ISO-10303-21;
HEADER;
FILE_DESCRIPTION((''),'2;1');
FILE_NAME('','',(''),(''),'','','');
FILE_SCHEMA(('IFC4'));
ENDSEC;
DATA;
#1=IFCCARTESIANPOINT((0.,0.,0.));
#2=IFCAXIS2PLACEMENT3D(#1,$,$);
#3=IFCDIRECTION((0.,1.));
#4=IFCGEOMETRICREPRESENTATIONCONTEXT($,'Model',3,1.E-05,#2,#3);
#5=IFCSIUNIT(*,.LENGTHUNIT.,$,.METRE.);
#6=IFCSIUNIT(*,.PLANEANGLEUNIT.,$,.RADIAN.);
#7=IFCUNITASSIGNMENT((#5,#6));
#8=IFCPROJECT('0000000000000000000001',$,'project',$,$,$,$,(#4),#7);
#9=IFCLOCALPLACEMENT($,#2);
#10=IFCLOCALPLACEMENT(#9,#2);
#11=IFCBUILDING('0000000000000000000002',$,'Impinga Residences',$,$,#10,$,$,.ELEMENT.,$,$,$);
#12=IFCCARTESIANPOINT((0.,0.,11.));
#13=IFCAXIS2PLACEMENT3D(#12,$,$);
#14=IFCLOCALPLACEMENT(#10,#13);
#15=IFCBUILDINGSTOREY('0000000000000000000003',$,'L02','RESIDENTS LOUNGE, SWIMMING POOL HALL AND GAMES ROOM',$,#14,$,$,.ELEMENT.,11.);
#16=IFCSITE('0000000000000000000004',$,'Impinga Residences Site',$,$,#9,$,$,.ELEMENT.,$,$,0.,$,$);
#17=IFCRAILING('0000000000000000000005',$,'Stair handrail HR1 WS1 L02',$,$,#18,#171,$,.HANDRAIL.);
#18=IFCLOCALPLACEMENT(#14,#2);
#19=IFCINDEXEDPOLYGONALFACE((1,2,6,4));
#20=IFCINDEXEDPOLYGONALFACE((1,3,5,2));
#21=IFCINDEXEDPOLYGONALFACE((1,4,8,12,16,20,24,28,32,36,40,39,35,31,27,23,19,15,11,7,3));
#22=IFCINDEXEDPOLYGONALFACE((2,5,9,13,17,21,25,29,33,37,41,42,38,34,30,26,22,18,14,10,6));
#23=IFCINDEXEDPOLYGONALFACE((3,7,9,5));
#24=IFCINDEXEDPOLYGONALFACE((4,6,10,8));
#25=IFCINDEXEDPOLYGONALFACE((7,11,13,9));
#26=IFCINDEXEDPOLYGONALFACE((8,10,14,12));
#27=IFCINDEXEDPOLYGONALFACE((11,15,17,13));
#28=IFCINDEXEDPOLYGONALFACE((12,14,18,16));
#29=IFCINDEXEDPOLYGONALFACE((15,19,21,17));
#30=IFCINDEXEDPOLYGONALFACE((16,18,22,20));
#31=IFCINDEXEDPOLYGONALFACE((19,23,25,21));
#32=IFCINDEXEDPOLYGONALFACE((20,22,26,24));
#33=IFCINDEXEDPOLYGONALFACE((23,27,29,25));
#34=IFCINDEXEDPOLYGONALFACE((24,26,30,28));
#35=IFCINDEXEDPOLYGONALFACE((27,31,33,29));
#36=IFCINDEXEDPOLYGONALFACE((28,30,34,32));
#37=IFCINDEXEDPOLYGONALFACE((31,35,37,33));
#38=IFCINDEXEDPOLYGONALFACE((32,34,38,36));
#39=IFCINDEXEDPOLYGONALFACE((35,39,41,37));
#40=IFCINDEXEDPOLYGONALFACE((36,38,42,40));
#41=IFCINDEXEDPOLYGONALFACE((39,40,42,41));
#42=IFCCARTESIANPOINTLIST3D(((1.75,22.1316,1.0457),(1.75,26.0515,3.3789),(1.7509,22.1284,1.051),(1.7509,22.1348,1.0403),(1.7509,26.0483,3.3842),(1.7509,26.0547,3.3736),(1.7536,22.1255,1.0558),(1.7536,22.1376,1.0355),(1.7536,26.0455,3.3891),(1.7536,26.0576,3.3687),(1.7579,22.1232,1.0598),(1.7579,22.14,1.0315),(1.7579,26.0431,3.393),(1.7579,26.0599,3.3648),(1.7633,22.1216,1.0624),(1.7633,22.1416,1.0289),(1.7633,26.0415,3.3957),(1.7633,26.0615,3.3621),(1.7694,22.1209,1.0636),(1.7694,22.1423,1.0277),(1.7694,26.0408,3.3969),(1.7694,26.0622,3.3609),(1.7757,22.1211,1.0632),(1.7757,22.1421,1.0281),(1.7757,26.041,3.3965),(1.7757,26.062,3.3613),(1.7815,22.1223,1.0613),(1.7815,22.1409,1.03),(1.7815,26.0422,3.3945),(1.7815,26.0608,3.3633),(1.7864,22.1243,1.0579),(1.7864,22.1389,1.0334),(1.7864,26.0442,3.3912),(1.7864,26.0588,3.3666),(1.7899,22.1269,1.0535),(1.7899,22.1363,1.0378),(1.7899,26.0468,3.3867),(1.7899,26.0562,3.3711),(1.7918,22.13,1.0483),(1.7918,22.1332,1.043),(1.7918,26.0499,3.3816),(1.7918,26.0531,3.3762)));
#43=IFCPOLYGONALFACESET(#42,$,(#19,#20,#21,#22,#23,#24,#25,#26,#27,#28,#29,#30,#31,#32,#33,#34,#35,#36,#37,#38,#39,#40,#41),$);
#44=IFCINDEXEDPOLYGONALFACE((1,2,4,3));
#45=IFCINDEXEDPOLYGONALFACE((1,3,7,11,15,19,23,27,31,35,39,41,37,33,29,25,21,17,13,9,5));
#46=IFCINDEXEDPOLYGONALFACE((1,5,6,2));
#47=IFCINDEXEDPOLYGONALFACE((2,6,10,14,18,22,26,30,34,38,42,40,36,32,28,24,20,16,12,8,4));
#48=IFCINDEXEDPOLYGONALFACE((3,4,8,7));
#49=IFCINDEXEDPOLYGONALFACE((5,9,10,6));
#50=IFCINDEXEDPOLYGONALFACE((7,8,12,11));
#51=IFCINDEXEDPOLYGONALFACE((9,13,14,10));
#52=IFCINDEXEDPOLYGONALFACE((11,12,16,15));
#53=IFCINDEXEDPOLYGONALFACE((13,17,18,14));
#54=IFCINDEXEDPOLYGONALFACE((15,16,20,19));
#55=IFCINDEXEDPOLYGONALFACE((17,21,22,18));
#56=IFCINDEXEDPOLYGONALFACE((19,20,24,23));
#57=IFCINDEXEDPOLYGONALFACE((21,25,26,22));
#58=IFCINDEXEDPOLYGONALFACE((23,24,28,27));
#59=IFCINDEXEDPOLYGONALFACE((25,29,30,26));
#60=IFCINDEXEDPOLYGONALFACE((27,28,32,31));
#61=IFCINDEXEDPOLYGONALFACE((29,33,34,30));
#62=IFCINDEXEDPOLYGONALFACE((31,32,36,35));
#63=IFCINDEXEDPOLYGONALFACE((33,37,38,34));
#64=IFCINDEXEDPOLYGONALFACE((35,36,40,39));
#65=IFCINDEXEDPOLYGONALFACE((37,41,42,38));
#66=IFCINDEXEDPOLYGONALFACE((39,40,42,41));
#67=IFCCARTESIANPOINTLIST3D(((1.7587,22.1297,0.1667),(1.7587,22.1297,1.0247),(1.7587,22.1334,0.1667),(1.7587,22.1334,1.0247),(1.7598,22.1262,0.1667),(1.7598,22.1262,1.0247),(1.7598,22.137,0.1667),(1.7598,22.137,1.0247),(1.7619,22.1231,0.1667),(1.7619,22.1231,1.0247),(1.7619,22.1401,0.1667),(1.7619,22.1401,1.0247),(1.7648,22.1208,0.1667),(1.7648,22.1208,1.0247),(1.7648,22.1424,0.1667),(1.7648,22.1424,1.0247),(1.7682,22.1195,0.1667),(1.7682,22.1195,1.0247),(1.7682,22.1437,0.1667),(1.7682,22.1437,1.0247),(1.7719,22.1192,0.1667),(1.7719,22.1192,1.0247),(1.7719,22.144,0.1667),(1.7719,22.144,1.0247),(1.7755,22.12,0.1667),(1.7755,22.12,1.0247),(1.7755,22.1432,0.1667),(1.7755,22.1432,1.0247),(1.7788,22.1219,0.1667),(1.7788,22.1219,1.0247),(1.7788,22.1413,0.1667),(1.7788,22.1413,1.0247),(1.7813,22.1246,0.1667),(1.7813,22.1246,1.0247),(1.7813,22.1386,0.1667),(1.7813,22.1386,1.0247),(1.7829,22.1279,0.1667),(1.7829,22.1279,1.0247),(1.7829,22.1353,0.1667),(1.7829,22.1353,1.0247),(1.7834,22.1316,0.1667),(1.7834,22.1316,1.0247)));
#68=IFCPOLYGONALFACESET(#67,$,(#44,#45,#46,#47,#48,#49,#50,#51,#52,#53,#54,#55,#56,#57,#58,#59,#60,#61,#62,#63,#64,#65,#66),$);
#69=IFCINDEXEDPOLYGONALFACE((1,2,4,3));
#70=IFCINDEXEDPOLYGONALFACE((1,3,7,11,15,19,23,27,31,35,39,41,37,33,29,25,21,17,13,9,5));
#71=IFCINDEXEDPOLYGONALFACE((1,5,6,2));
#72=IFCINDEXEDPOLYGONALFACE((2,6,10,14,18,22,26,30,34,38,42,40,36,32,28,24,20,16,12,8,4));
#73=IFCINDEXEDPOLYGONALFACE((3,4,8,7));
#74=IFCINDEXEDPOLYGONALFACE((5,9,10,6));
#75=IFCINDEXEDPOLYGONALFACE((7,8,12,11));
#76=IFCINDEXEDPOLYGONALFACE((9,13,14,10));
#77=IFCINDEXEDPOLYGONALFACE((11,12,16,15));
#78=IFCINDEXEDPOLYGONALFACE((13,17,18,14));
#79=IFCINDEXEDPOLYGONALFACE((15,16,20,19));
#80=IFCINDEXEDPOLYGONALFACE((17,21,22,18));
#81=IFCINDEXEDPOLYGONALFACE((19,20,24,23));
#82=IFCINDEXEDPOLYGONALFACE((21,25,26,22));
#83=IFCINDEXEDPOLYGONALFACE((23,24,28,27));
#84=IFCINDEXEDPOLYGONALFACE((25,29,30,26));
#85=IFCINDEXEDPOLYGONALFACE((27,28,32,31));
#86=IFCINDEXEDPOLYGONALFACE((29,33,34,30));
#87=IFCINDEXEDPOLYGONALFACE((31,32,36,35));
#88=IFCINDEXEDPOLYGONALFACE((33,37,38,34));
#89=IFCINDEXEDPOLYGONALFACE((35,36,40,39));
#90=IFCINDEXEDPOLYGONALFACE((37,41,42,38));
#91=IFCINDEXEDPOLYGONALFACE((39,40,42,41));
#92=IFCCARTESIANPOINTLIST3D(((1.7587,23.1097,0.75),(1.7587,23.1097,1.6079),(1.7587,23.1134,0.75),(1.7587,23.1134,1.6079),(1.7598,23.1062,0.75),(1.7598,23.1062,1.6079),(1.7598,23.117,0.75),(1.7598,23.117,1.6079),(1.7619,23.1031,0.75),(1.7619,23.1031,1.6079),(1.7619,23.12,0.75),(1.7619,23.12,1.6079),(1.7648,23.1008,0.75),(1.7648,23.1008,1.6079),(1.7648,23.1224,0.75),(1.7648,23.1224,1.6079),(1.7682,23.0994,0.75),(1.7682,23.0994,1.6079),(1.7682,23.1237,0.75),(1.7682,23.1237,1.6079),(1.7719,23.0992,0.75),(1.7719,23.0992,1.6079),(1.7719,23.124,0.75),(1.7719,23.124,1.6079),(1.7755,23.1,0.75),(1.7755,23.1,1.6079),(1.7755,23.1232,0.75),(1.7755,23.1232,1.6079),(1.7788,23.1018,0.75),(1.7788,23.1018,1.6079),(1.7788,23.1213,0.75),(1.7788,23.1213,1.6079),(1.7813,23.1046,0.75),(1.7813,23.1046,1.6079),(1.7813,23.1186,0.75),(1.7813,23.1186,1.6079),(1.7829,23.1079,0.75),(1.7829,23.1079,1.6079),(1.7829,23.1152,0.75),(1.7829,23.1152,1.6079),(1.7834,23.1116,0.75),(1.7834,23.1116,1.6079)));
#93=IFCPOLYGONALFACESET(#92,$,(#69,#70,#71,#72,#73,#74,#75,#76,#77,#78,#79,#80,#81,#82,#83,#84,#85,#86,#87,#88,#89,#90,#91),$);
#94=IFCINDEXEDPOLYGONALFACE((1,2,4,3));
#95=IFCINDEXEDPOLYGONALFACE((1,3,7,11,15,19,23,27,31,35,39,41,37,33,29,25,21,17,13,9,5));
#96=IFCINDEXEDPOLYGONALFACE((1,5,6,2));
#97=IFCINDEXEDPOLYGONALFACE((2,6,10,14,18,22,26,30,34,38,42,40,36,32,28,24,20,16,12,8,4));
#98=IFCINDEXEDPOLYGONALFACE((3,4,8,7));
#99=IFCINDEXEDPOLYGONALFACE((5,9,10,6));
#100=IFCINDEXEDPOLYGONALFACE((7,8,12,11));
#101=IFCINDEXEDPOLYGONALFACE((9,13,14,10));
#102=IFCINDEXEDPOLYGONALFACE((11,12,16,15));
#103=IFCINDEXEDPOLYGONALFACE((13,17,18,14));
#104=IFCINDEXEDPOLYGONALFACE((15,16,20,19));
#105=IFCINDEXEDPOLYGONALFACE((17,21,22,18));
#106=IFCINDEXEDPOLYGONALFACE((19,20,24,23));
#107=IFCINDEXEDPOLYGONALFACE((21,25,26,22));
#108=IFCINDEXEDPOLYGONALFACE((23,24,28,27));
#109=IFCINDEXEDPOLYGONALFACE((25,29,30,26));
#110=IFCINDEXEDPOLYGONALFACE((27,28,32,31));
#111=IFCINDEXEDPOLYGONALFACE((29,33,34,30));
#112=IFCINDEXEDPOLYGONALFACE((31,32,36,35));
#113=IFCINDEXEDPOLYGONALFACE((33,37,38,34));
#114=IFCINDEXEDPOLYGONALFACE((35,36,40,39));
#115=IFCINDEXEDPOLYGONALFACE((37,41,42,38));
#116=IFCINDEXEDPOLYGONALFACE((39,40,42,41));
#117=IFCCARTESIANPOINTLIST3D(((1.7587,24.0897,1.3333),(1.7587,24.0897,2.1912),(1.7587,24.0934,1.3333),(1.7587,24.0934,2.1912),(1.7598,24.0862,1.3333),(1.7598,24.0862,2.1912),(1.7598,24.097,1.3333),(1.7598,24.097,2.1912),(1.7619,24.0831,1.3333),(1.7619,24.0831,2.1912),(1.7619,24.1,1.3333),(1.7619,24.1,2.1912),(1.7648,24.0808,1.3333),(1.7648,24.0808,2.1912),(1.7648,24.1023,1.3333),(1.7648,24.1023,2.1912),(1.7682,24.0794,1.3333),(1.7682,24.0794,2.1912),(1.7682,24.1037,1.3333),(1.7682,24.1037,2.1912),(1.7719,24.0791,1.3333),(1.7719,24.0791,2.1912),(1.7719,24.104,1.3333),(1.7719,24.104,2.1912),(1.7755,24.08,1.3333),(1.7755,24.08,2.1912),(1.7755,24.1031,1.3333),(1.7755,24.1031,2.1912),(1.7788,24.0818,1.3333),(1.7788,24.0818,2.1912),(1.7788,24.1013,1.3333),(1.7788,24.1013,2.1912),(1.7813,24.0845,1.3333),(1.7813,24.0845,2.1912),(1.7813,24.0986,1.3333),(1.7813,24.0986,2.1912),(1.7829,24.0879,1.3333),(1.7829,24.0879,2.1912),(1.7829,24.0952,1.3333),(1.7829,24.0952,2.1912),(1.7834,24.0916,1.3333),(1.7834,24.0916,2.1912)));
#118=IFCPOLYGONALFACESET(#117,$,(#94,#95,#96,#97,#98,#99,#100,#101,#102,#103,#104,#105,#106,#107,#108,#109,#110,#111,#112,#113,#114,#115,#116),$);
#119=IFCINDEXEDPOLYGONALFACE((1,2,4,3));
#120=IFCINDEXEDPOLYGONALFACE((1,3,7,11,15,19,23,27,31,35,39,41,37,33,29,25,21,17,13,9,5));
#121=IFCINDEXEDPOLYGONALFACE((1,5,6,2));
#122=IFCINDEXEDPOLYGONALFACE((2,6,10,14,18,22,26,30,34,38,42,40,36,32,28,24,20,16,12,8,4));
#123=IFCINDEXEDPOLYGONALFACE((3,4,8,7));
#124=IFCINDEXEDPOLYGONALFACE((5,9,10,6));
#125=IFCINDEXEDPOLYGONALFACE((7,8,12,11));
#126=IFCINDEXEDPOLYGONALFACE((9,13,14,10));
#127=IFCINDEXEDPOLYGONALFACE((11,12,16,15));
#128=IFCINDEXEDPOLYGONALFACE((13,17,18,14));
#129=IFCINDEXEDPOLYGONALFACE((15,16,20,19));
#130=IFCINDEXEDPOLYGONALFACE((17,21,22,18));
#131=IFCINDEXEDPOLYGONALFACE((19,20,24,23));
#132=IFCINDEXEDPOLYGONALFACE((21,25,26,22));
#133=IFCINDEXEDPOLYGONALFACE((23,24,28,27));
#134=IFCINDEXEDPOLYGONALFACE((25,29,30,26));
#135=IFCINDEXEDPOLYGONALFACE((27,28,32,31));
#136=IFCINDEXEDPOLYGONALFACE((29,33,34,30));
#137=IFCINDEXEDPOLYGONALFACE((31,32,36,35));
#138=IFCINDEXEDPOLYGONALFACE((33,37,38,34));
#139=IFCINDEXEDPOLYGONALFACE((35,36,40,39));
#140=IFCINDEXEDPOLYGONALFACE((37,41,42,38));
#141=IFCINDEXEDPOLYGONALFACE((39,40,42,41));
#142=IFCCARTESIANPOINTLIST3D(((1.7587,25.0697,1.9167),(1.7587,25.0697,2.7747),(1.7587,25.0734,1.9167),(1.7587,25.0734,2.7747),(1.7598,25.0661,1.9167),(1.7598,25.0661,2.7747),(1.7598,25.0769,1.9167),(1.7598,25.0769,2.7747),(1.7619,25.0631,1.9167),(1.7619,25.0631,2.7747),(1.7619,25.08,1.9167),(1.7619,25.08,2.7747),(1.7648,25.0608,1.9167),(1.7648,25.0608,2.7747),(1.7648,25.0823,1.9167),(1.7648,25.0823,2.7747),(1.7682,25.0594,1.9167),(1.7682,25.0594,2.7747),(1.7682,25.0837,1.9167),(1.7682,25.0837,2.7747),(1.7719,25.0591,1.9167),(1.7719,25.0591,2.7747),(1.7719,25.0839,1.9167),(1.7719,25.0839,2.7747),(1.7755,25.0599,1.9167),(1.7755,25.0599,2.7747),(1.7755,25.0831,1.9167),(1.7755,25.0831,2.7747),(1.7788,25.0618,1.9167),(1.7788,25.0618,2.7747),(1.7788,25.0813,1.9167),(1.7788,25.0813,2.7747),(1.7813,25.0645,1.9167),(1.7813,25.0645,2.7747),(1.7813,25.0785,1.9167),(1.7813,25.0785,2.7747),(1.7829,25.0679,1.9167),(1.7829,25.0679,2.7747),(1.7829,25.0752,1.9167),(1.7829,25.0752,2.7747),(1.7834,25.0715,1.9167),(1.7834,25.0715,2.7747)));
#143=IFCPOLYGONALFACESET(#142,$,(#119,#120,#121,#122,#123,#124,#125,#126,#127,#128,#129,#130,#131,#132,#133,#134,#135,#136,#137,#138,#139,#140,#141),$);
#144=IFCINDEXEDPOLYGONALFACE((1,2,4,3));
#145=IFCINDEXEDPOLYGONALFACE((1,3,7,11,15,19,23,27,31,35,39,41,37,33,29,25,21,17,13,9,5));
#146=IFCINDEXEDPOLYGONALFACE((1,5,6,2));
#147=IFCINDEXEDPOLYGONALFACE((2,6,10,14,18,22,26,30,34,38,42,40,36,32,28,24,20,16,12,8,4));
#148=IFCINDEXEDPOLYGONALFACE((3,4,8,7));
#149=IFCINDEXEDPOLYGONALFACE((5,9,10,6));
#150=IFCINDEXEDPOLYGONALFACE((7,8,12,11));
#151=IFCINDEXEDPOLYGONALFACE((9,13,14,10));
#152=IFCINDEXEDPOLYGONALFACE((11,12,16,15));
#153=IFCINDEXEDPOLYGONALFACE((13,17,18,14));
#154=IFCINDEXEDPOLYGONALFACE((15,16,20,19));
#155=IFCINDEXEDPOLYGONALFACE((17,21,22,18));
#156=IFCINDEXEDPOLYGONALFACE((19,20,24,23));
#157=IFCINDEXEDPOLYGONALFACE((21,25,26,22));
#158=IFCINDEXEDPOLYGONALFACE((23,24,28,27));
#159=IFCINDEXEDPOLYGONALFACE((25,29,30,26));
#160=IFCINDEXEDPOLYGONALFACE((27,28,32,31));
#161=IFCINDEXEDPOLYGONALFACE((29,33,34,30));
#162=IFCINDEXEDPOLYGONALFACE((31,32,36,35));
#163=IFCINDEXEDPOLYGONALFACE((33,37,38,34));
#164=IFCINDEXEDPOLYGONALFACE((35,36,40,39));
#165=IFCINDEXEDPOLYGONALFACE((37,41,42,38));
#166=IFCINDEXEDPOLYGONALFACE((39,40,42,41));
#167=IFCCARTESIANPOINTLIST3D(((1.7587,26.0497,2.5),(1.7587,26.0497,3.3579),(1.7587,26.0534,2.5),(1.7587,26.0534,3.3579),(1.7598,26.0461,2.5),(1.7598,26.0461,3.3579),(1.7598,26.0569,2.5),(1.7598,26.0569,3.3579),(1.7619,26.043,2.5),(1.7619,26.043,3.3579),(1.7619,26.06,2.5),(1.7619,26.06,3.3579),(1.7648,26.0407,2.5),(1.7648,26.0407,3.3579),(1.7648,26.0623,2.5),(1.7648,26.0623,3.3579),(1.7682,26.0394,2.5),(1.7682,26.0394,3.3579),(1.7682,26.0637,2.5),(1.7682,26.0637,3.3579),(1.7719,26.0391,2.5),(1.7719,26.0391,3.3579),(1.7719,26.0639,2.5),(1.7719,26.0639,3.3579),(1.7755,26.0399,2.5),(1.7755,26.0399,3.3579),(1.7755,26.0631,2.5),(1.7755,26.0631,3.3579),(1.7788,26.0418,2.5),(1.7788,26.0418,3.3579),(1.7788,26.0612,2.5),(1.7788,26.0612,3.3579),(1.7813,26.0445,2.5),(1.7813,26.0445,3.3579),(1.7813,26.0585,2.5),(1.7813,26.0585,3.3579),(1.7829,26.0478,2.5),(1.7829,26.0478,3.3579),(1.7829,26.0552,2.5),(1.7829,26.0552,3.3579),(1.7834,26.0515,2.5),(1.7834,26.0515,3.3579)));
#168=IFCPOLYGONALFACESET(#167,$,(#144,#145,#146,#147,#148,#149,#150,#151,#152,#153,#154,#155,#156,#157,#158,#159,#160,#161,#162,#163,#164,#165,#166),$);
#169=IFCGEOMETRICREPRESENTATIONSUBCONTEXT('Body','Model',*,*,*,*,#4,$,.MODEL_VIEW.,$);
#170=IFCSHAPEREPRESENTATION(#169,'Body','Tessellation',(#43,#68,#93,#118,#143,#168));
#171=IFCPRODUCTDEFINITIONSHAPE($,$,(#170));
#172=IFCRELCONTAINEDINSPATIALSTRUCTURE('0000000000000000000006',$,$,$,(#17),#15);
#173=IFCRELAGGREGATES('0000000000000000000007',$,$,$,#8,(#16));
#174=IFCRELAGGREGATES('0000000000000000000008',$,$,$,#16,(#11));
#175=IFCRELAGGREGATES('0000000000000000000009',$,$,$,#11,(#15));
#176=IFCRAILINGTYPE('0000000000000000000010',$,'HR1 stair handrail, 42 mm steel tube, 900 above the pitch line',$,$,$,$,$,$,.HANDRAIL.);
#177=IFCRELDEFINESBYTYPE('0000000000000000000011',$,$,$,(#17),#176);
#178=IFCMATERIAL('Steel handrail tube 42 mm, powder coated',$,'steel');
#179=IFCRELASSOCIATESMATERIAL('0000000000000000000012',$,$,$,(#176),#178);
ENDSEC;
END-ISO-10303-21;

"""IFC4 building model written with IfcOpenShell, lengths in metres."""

from ifc_helpers import new_model, si_unit, direction, frame, origin, origin_2d, place, context, subcontext, project, spatial, circle, extrude, material, type_object, element, save


model = new_model("IFC4")

# Units and contexts
model_context = context("Model", 3, precision=1e-05, world=origin(), true_north=direction((0.0, 1.0)))
body_context = subcontext(model_context, "Body", "Model", "MODEL_VIEW")
ifc_project = project(units=[si_unit("LENGTHUNIT", "METRE"), si_unit("PLANEANGLEUNIT", "RADIAN")], contexts=[model_context])

# Site, building, storey
site_placement = place(None, origin())
site = spatial("IfcSite", under=ifc_project, at=site_placement, Name="Impinga Residences Site", CompositionType="ELEMENT", RefElevation=0.0)
building_placement = place(site_placement, origin())
building = spatial("IfcBuilding", under=site, at=building_placement, Name="Impinga Residences", CompositionType="ELEMENT")
storey_placement = place(building_placement, frame((0.0, 0.0, 11.0)))
storey = spatial("IfcBuildingStorey", under=building, at=storey_placement, Name="L02", Description="RESIDENTS LOUNGE, SWIMMING POOL HALL AND GAMES ROOM", CompositionType="ELEMENT", Elevation=11.0)

# Railing
ifc_material_1 = material(Name="Steel handrail tube 42 mm, powder coated", Category="steel")
railing_type_1 = type_object("IfcRailingType", Name="HR1 stair handrail, 42 mm steel tube, 900 above the pitch line", PredefinedType="HANDRAIL", material=ifc_material_1)
railing_1_placement = place(storey_placement, frame((1.771, 22.1316, 0.1667)))
element("IfcRailing", 1, at=railing_1_placement, inside=storey, type_object=railing_type_1, Name="Stair handrail HR1 WS1 L02", PredefinedType="HANDRAIL", context=body_context, shape_type="SweptSolid", body=[
    extrude(circle(Radius=0.021, at=origin_2d()), frame((0.0, 0.0, 0.8789), z_axis=(0.0, 0.859296, 0.511478), x_axis=(-1.0, 0.0, 0.0)), (0.0, 0.0, 1.0), 4.5618),
    extrude(circle(Radius=0.0125, at=origin_2d()), origin(), (0.0, 0.0, 1.0), 0.8579),
    extrude(circle(Radius=0.0125, at=origin_2d()), frame((0.0, 0.98, 0.5833)), (0.0, 0.0, 1.0), 0.8579),
    extrude(circle(Radius=0.0125, at=origin_2d()), frame((0.0, 1.96, 1.1665)), (0.0, 0.0, 1.0), 0.8579),
    extrude(circle(Radius=0.0125, at=origin_2d()), frame((0.0, 2.9399, 1.75)), (0.0, 0.0, 1.0), 0.8579),
    extrude(circle(Radius=0.0125, at=origin_2d()), frame((0.0, 3.9199, 2.3333)), (0.0, 0.0, 1.0), 0.8579),
])

save(model, "model.ifc")
